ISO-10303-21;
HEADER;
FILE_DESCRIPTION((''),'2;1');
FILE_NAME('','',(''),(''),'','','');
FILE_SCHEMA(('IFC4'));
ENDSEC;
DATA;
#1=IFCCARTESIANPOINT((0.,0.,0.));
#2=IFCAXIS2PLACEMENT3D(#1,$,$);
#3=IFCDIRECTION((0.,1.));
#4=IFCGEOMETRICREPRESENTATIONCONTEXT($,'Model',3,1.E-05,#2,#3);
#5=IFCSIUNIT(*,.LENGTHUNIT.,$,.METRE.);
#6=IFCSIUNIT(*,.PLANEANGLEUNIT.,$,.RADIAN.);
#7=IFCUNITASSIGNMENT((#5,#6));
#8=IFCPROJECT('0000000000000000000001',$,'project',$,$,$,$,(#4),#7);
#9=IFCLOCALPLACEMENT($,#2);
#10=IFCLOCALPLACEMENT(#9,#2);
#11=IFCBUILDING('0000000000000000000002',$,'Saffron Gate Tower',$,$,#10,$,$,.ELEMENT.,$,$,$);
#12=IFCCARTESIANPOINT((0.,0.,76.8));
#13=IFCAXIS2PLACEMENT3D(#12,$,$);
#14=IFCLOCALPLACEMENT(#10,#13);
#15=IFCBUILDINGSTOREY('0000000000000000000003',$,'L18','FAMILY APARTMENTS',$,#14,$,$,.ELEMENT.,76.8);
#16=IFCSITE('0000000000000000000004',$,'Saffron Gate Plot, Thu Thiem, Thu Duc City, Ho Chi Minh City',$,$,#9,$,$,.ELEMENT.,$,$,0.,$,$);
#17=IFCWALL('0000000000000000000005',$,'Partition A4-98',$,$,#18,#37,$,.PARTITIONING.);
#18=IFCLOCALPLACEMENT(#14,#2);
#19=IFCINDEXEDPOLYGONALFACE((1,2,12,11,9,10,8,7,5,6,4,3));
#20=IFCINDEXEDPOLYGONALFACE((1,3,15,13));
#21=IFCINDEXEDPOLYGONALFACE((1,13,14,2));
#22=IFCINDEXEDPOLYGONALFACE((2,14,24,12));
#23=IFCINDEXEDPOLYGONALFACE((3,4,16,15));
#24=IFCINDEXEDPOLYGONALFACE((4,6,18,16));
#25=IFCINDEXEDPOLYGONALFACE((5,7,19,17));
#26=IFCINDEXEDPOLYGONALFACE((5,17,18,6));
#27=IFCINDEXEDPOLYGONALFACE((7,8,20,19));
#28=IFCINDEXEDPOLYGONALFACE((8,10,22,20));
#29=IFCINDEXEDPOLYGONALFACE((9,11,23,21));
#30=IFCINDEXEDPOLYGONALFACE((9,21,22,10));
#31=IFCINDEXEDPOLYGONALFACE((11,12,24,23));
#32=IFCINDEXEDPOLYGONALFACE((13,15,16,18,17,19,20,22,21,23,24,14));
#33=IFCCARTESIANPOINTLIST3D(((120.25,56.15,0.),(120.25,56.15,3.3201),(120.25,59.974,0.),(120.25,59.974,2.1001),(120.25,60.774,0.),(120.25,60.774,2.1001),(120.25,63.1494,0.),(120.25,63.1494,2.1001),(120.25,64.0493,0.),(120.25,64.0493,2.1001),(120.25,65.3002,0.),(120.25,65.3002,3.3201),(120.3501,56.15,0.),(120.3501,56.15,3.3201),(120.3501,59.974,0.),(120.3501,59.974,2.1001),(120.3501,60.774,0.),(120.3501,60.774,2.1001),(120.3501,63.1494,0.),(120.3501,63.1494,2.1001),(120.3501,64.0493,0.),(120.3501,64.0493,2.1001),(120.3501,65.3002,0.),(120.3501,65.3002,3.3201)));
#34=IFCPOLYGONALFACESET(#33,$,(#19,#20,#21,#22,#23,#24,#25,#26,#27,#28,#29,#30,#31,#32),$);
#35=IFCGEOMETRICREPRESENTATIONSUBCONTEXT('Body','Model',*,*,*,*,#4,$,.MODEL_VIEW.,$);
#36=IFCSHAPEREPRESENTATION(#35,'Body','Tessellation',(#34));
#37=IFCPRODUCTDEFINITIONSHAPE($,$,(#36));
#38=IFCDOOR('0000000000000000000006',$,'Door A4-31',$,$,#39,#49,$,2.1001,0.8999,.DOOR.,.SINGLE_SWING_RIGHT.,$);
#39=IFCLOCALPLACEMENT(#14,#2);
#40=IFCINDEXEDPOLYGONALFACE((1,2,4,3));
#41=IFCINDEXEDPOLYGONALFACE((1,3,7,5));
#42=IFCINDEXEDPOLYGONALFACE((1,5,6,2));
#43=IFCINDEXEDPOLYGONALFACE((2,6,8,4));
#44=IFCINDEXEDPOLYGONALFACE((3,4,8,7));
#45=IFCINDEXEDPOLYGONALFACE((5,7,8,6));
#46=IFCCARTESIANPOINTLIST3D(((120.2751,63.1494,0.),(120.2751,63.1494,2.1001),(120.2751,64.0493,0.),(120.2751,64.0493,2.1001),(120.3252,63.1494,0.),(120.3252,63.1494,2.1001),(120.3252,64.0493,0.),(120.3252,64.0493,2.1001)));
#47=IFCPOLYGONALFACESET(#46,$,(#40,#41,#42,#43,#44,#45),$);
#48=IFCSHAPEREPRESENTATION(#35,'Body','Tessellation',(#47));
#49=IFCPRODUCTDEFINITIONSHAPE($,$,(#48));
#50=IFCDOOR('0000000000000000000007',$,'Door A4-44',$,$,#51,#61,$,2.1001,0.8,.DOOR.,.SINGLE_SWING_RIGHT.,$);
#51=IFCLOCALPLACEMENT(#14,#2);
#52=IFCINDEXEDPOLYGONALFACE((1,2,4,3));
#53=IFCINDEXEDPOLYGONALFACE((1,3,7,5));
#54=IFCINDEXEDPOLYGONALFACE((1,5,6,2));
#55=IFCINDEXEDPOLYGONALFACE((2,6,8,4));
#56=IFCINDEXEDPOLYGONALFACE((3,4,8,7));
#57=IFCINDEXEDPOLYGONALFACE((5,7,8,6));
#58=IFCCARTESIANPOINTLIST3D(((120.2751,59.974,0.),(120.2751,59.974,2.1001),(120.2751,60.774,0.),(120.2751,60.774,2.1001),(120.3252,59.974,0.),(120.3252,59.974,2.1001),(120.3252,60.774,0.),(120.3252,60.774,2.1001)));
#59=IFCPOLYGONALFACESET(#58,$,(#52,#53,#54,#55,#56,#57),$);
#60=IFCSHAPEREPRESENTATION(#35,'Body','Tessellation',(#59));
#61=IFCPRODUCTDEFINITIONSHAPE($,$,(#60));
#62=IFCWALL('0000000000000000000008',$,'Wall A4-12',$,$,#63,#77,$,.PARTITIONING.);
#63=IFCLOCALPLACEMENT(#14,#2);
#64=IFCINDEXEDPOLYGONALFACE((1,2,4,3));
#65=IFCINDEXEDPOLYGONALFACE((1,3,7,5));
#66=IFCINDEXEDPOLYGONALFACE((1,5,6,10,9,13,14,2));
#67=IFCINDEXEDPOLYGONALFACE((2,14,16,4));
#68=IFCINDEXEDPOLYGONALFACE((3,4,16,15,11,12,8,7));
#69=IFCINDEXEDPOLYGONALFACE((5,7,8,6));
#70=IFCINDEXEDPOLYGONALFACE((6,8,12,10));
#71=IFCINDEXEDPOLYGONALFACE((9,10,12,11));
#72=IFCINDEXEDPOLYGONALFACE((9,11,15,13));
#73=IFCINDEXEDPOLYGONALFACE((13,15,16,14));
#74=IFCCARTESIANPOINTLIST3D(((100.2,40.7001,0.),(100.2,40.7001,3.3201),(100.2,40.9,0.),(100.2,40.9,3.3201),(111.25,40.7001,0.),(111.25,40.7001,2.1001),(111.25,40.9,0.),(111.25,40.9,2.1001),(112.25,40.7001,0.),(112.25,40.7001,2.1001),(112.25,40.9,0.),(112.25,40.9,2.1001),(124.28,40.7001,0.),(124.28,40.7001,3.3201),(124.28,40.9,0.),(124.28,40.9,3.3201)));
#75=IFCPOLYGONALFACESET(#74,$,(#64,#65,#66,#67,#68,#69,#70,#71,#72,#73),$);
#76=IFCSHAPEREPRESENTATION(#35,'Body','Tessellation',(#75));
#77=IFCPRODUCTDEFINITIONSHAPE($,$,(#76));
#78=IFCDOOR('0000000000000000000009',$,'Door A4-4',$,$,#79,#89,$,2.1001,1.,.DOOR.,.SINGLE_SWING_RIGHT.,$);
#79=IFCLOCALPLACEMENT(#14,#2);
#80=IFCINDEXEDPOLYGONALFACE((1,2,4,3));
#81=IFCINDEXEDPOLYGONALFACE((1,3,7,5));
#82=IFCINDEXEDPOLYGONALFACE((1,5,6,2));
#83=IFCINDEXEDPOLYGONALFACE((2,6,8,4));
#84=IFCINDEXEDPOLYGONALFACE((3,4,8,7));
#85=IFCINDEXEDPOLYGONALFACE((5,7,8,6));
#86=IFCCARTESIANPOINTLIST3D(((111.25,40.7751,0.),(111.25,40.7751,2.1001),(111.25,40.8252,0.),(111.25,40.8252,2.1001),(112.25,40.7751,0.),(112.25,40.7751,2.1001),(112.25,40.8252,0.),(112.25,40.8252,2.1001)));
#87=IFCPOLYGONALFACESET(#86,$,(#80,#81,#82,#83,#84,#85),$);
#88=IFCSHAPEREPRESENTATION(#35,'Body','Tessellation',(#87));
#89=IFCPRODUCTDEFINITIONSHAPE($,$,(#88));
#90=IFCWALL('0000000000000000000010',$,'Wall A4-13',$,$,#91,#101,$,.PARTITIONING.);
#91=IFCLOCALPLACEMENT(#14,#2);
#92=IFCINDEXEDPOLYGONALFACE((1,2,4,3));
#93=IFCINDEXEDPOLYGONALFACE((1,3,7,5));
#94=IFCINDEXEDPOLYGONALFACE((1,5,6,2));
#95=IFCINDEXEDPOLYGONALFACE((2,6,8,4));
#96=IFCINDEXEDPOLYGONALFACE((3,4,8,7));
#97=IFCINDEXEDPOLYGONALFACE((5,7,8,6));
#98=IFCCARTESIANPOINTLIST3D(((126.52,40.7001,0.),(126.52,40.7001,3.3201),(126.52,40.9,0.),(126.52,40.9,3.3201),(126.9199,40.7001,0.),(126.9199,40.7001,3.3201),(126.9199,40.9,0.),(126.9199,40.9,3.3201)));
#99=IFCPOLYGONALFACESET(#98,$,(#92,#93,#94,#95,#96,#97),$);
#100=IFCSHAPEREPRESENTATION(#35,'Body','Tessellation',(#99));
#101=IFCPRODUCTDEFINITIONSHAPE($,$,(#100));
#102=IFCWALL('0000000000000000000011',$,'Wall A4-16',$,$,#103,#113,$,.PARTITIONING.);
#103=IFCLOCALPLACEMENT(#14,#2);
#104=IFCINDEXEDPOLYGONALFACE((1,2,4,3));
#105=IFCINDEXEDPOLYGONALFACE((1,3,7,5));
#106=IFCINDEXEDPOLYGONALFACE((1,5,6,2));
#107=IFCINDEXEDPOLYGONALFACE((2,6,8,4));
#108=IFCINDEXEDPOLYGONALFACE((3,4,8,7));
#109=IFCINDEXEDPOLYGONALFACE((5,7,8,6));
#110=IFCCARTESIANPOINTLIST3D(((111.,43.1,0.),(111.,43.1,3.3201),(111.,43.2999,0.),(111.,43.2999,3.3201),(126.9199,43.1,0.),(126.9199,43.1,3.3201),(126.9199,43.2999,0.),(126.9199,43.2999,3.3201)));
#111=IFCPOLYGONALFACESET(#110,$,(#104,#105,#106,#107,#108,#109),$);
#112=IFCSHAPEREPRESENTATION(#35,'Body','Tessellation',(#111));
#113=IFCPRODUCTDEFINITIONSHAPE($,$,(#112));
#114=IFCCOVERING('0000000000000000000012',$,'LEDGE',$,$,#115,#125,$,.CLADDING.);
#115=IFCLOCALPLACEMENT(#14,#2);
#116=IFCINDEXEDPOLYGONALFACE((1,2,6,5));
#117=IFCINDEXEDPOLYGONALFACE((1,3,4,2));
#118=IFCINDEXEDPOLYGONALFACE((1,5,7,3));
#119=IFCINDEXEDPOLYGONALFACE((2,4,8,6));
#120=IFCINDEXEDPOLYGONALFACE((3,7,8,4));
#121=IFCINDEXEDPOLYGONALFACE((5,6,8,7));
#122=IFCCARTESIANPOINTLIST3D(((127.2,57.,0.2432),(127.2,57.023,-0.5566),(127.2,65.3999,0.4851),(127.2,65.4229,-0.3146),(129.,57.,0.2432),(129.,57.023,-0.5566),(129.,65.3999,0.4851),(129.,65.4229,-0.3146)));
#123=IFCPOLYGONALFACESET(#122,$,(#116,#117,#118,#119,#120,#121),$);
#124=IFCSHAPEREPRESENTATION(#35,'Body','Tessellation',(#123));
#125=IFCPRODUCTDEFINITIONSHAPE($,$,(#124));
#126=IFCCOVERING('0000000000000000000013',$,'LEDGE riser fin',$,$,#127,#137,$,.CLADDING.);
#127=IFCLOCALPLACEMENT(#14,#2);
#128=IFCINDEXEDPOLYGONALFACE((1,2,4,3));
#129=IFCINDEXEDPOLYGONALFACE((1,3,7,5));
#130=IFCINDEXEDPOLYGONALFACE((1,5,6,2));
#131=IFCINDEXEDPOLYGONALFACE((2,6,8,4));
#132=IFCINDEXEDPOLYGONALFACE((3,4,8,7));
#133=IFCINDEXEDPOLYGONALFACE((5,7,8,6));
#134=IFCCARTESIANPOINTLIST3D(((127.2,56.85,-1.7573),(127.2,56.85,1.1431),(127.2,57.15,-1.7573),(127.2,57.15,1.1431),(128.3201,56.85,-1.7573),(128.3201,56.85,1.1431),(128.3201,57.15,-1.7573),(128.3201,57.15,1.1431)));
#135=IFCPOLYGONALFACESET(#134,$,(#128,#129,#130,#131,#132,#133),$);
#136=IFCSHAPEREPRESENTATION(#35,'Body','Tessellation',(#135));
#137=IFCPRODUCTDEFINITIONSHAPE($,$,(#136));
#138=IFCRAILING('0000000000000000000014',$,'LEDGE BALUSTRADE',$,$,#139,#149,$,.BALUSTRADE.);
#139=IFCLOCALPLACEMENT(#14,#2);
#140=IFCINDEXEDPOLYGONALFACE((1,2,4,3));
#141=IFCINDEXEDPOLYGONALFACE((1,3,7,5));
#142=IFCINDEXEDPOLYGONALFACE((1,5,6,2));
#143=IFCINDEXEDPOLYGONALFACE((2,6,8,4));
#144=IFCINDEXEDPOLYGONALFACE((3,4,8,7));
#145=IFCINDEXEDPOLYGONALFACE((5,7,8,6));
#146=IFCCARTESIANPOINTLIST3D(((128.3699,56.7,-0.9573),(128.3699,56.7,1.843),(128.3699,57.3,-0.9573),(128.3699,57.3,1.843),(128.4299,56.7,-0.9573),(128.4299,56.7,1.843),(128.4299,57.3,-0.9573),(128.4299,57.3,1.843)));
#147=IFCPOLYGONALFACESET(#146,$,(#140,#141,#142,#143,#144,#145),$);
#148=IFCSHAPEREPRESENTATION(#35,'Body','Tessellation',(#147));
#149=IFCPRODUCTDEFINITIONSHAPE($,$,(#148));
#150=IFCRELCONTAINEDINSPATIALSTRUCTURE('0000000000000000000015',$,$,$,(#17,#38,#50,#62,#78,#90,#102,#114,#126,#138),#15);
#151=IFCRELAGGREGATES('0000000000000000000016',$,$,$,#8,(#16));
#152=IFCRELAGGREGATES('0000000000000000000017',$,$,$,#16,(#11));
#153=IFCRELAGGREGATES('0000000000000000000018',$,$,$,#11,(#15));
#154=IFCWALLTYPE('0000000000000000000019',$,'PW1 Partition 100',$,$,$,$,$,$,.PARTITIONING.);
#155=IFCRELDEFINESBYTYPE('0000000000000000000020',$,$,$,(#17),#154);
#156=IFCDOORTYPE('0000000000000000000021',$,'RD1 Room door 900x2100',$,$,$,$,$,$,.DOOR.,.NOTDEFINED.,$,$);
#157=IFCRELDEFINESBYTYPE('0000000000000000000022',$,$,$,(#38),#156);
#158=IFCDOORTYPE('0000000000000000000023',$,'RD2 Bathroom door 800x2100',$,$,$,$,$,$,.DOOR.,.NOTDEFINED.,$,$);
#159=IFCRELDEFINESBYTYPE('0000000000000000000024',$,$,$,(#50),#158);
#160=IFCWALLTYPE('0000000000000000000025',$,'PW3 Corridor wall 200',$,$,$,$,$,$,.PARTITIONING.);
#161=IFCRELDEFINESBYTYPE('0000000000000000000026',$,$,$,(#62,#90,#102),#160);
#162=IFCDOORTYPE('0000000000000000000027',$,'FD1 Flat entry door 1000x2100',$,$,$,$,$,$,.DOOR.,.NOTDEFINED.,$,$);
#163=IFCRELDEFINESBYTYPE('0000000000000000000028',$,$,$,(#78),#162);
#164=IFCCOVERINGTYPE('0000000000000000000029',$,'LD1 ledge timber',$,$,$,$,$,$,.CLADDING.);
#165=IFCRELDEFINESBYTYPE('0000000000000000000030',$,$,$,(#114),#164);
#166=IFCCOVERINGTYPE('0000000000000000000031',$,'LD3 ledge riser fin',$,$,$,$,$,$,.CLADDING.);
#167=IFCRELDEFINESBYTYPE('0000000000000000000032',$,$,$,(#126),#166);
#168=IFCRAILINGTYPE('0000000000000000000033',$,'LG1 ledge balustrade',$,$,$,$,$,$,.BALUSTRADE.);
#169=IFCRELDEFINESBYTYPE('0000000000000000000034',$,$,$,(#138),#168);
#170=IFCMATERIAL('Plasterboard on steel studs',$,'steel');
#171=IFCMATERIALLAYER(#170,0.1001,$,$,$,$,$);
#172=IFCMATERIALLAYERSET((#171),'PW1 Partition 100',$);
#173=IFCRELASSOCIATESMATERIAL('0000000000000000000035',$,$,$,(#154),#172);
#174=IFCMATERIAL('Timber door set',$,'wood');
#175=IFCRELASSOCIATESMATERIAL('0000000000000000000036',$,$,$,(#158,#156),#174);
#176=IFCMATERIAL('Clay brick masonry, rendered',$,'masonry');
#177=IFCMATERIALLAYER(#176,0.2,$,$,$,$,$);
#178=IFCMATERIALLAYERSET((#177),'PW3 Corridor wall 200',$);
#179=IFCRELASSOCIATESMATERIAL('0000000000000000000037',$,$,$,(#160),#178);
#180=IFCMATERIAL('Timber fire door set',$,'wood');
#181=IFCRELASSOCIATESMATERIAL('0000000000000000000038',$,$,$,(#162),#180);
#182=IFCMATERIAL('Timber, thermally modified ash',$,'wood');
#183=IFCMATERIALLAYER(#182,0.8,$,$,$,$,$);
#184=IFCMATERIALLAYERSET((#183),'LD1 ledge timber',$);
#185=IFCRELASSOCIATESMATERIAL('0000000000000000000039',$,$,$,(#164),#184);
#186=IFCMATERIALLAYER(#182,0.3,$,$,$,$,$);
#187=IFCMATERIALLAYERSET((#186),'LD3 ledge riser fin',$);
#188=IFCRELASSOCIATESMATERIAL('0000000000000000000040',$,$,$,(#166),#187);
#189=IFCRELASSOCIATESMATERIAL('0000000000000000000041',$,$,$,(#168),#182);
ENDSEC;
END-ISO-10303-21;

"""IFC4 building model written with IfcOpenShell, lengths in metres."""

from ifc_helpers import new_model, si_unit, direction, frame, frame_2d, origin, origin_2d, place, context, subcontext, project, spatial, polyline, rectangle, outline, extrude, material, layer, layer_set, type_object, element, fill, save


model = new_model("IFC4")

# Units and contexts
model_context = context("Model", 3, precision=1e-05, world=origin(), true_north=direction((0.0, 1.0)))
body_context = subcontext(model_context, "Body", "Model", "MODEL_VIEW")
ifc_project = project(units=[si_unit("LENGTHUNIT", "METRE"), si_unit("PLANEANGLEUNIT", "RADIAN")], contexts=[model_context])

# Site, building, storey
site_placement = place(None, origin())
site = spatial("IfcSite", under=ifc_project, at=site_placement, Name="Saffron Gate Plot, Thu Thiem, Thu Duc City, Ho Chi Minh City", CompositionType="ELEMENT", RefElevation=0.0)
building_placement = place(site_placement, origin())
building = spatial("IfcBuilding", under=site, at=building_placement, Name="Saffron Gate Tower", CompositionType="ELEMENT")
storey_placement = place(building_placement, frame((0.0, 0.0, 76.8)))
storey = spatial("IfcBuildingStorey", under=building, at=storey_placement, Name="L18", Description="FAMILY APARTMENTS", CompositionType="ELEMENT", Elevation=76.8)

# Shared definitions
ifc_material_1 = material(Name="Plasterboard on steel studs", Category="steel")
ifc_layer_1 = layer(ifc_material_1, 0.1001)
ifc_layer_set_1 = layer_set([ifc_layer_1], Name="PW1 Partition 100")
wall_type_1 = type_object("IfcWallType", Name="PW1 Partition 100", PredefinedType="PARTITIONING", material=ifc_layer_set_1)

# Shared definitions
ifc_material_2 = material(Name="Timber door set", Category="wood")
door_type_1 = type_object("IfcDoorType", Name="RD2 Bathroom door 800x2100", OperationType="NOTDEFINED", PredefinedType="DOOR", material=ifc_material_2)

# Shared definitions
door_type_2 = type_object("IfcDoorType", Name="RD1 Room door 900x2100", OperationType="NOTDEFINED", PredefinedType="DOOR", material=ifc_material_2)

# Wall, openings, doors
wall_1_placement = place(storey_placement, frame((120.3, 56.1499, 0.0), z_axis=(0.0, 0.0, 1.0), x_axis=(0.0, 1.0, 0.0)))
wall_1 = element("IfcWall", 1, at=wall_1_placement, inside=storey, type_object=wall_type_1, Name="Partition A4-98", PredefinedType="PARTITIONING", context=body_context, shape_type="SweptSolid", body=[
    extrude(rectangle(XDim=9.1501, YDim=0.1001, at=frame_2d((4.5752, 0.0))), origin(), (0.0, 0.0, 1.0), 3.3201),
])
opening_1_placement = place(wall_1_placement, frame((3.8242, 0.0, 0.0)))
opening_1 = element("IfcOpeningElement", 2, at=opening_1_placement, cuts=wall_1, PredefinedType="OPENING", context=body_context, shape_type="SweptSolid", body=[
    extrude(rectangle(XDim=0.8, YDim=2.1001, at=frame_2d((0.3999, 1.05))), frame((0.0, 0.0601, 0.0), z_axis=(0.0, -1.0, 0.0), x_axis=(1.0, 0.0, 0.0)), (0.0, 0.0, 1.0), 0.1201),
])
opening_2_placement = place(wall_1_placement, frame((6.9995, 0.0, 0.0)))
opening_2 = element("IfcOpeningElement", 3, at=opening_2_placement, cuts=wall_1, PredefinedType="OPENING", context=body_context, shape_type="SweptSolid", body=[
    extrude(rectangle(XDim=0.8999, YDim=2.1001, at=frame_2d((0.45, 1.05))), frame((0.0, 0.0601, 0.0), z_axis=(0.0, -1.0, 0.0), x_axis=(1.0, 0.0, 0.0)), (0.0, 0.0, 1.0), 0.1201),
])
door_1_placement = place(opening_2_placement, origin())
door_1 = element("IfcDoor", 4, at=door_1_placement, inside=storey, type_object=door_type_2, Name="Door A4-31", OperationType="SINGLE_SWING_RIGHT", OverallHeight=2.1001, OverallWidth=0.8999, PredefinedType="DOOR", context=body_context, shape_type="SweptSolid", body=[
    extrude(rectangle(XDim=0.8999, YDim=2.1001, at=frame_2d((0.45, 1.05))), frame((0.0, 0.0249, 0.0), z_axis=(0.0, -1.0, 0.0), x_axis=(1.0, 0.0, 0.0)), (0.0, 0.0, 1.0), 0.05),
])
fill(opening_2, door_1)
door_2_placement = place(opening_1_placement, origin())
door_2 = element("IfcDoor", 5, at=door_2_placement, inside=storey, type_object=door_type_1, Name="Door A4-44", OperationType="SINGLE_SWING_RIGHT", OverallHeight=2.1001, OverallWidth=0.8, PredefinedType="DOOR", context=body_context, shape_type="SweptSolid", body=[
    extrude(rectangle(XDim=0.8, YDim=2.1001, at=frame_2d((0.3999, 1.05))), frame((0.0, 0.0249, 0.0), z_axis=(0.0, -1.0, 0.0), x_axis=(1.0, 0.0, 0.0)), (0.0, 0.0, 1.0), 0.05),
])
fill(opening_1, door_2)

# Wall, opening, door
ifc_material_3 = material(Name="Clay brick masonry, rendered", Category="masonry")
ifc_layer_2 = layer(ifc_material_3, 0.2)
ifc_layer_set_2 = layer_set([ifc_layer_2], Name="PW3 Corridor wall 200")
wall_type_2 = type_object("IfcWallType", Name="PW3 Corridor wall 200", PredefinedType="PARTITIONING", material=ifc_layer_set_2)
wall_2_placement = place(storey_placement, frame((124.28, 40.8, 0.0), z_axis=(0.0, 0.0, 1.0), x_axis=(-1.0, 0.0, 0.0)))
wall_2 = element("IfcWall", 6, at=wall_2_placement, inside=storey, type_object=wall_type_2, Name="Wall A4-12", PredefinedType="PARTITIONING", context=body_context, shape_type="SweptSolid", body=[
    extrude(rectangle(XDim=24.0801, YDim=0.2, at=frame_2d((12.04, 0.0))), origin(), (0.0, 0.0, 1.0), 3.3201),
])
opening_3_placement = place(wall_2_placement, frame((12.03, 0.0, 0.0)))
opening_3 = element("IfcOpeningElement", 7, at=opening_3_placement, cuts=wall_2, PredefinedType="OPENING", context=body_context, shape_type="SweptSolid", body=[
    extrude(rectangle(XDim=1.0, YDim=2.1001, at=frame_2d((0.5, 1.05))), frame((0.0, 0.1099, 0.0), z_axis=(0.0, -1.0, 0.0), x_axis=(1.0, 0.0, 0.0)), (0.0, 0.0, 1.0), 0.22),
])
ifc_material_4 = material(Name="Timber fire door set", Category="wood")
door_type_3 = type_object("IfcDoorType", Name="FD1 Flat entry door 1000x2100", OperationType="NOTDEFINED", PredefinedType="DOOR", material=ifc_material_4)
door_3_placement = place(opening_3_placement, origin())
door_3 = element("IfcDoor", 8, at=door_3_placement, inside=storey, type_object=door_type_3, Name="Door A4-4", OperationType="SINGLE_SWING_RIGHT", OverallHeight=2.1001, OverallWidth=1.0, PredefinedType="DOOR", context=body_context, shape_type="SweptSolid", body=[
    extrude(rectangle(XDim=1.0, YDim=2.1001, at=frame_2d((0.5, 1.05))), frame((0.0, 0.0249, 0.0), z_axis=(0.0, -1.0, 0.0), x_axis=(1.0, 0.0, 0.0)), (0.0, 0.0, 1.0), 0.05),
])
fill(opening_3, door_3)

# Walls
wall_3_placement = place(storey_placement, frame((126.52, 40.8, 0.0), z_axis=(0.0, 0.0, 1.0), x_axis=(1.0, 0.0, 0.0)))
element("IfcWall", 9, at=wall_3_placement, inside=storey, type_object=wall_type_2, Name="Wall A4-13", PredefinedType="PARTITIONING", context=body_context, shape_type="SweptSolid", body=[
    extrude(rectangle(XDim=0.3999, YDim=0.2, at=frame_2d((0.2, 0.0))), origin(), (0.0, 0.0, 1.0), 3.3201),
])
wall_4_placement = place(storey_placement, frame((111.0, 43.2, 0.0), z_axis=(0.0, 0.0, 1.0), x_axis=(1.0, 0.0, 0.0)))
element("IfcWall", 10, at=wall_4_placement, inside=storey, type_object=wall_type_2, Name="Wall A4-16", PredefinedType="PARTITIONING", context=body_context, shape_type="SweptSolid", body=[
    extrude(rectangle(XDim=15.9199, YDim=0.2, at=frame_2d((7.96, 0.0))), origin(), (0.0, 0.0, 1.0), 3.3201),
])

# Coverings
ifc_material_5 = material(Name="Timber, thermally modified ash", Category="wood")
ifc_layer_3 = layer(ifc_material_5, 0.8)
ifc_layer_set_3 = layer_set([ifc_layer_3], Name="LD1 ledge timber")
covering_type_1 = type_object("IfcCoveringType", Name="LD1 ledge timber", PredefinedType="CLADDING", material=ifc_layer_set_3)
covering_1_placement = place(storey_placement, frame((127.2, 57.0, 0.2432), z_axis=(0.0, -0.028791, 0.999585), x_axis=(0.0, 0.999585, 0.028791)))
element("IfcCovering", 11, at=covering_1_placement, inside=storey, type_object=covering_type_1, Name="LEDGE", PredefinedType="CLADDING", context=body_context, shape_type="SweptSolid", body=[
    extrude(outline(polyline([(0.0, 0.0), (8.4034, 0.0), (8.4034, -1.8), (0.0, -1.8), (0.0, 0.0)])), origin(), (0.0, 0.0, -1.0), 0.8),
])
ifc_layer_4 = layer(ifc_material_5, 0.3)
ifc_layer_set_4 = layer_set([ifc_layer_4], Name="LD3 ledge riser fin")
covering_type_2 = type_object("IfcCoveringType", Name="LD3 ledge riser fin", PredefinedType="CLADDING", material=ifc_layer_set_4)
covering_2_placement = place(storey_placement, frame((127.76, 57.0, -1.7573), z_axis=(0.0, 0.0, 1.0), x_axis=(0.0, 1.0, 0.0)))
element("IfcCovering", 12, at=covering_2_placement, inside=storey, type_object=covering_type_2, Name="LEDGE riser fin", PredefinedType="CLADDING", context=body_context, shape_type="SweptSolid", body=[
    extrude(rectangle(XDim=0.3, YDim=1.1201, at=origin_2d()), origin(), (0.0, 0.0, 1.0), 2.9004),
])

# Railing
railing_type = type_object("IfcRailingType", Name="LG1 ledge balustrade", PredefinedType="BALUSTRADE", material=ifc_material_5)
railing_placement = place(storey_placement, frame((128.3999, 56.7, -0.9573)))
element("IfcRailing", 13, at=railing_placement, inside=storey, type_object=railing_type, Name="LEDGE BALUSTRADE", PredefinedType="BALUSTRADE", context=body_context, shape_type="SweptSolid", body=[
    extrude(rectangle(XDim=0.0601, YDim=2.8003, at=origin_2d()), frame((0.0, 0.0, 1.4001), z_axis=(0.0, 1.0, 0.0), x_axis=(-1.0, 0.0, 0.0)), (0.0, 0.0, 1.0), 0.6001),
])

save(model, "model.ifc")
